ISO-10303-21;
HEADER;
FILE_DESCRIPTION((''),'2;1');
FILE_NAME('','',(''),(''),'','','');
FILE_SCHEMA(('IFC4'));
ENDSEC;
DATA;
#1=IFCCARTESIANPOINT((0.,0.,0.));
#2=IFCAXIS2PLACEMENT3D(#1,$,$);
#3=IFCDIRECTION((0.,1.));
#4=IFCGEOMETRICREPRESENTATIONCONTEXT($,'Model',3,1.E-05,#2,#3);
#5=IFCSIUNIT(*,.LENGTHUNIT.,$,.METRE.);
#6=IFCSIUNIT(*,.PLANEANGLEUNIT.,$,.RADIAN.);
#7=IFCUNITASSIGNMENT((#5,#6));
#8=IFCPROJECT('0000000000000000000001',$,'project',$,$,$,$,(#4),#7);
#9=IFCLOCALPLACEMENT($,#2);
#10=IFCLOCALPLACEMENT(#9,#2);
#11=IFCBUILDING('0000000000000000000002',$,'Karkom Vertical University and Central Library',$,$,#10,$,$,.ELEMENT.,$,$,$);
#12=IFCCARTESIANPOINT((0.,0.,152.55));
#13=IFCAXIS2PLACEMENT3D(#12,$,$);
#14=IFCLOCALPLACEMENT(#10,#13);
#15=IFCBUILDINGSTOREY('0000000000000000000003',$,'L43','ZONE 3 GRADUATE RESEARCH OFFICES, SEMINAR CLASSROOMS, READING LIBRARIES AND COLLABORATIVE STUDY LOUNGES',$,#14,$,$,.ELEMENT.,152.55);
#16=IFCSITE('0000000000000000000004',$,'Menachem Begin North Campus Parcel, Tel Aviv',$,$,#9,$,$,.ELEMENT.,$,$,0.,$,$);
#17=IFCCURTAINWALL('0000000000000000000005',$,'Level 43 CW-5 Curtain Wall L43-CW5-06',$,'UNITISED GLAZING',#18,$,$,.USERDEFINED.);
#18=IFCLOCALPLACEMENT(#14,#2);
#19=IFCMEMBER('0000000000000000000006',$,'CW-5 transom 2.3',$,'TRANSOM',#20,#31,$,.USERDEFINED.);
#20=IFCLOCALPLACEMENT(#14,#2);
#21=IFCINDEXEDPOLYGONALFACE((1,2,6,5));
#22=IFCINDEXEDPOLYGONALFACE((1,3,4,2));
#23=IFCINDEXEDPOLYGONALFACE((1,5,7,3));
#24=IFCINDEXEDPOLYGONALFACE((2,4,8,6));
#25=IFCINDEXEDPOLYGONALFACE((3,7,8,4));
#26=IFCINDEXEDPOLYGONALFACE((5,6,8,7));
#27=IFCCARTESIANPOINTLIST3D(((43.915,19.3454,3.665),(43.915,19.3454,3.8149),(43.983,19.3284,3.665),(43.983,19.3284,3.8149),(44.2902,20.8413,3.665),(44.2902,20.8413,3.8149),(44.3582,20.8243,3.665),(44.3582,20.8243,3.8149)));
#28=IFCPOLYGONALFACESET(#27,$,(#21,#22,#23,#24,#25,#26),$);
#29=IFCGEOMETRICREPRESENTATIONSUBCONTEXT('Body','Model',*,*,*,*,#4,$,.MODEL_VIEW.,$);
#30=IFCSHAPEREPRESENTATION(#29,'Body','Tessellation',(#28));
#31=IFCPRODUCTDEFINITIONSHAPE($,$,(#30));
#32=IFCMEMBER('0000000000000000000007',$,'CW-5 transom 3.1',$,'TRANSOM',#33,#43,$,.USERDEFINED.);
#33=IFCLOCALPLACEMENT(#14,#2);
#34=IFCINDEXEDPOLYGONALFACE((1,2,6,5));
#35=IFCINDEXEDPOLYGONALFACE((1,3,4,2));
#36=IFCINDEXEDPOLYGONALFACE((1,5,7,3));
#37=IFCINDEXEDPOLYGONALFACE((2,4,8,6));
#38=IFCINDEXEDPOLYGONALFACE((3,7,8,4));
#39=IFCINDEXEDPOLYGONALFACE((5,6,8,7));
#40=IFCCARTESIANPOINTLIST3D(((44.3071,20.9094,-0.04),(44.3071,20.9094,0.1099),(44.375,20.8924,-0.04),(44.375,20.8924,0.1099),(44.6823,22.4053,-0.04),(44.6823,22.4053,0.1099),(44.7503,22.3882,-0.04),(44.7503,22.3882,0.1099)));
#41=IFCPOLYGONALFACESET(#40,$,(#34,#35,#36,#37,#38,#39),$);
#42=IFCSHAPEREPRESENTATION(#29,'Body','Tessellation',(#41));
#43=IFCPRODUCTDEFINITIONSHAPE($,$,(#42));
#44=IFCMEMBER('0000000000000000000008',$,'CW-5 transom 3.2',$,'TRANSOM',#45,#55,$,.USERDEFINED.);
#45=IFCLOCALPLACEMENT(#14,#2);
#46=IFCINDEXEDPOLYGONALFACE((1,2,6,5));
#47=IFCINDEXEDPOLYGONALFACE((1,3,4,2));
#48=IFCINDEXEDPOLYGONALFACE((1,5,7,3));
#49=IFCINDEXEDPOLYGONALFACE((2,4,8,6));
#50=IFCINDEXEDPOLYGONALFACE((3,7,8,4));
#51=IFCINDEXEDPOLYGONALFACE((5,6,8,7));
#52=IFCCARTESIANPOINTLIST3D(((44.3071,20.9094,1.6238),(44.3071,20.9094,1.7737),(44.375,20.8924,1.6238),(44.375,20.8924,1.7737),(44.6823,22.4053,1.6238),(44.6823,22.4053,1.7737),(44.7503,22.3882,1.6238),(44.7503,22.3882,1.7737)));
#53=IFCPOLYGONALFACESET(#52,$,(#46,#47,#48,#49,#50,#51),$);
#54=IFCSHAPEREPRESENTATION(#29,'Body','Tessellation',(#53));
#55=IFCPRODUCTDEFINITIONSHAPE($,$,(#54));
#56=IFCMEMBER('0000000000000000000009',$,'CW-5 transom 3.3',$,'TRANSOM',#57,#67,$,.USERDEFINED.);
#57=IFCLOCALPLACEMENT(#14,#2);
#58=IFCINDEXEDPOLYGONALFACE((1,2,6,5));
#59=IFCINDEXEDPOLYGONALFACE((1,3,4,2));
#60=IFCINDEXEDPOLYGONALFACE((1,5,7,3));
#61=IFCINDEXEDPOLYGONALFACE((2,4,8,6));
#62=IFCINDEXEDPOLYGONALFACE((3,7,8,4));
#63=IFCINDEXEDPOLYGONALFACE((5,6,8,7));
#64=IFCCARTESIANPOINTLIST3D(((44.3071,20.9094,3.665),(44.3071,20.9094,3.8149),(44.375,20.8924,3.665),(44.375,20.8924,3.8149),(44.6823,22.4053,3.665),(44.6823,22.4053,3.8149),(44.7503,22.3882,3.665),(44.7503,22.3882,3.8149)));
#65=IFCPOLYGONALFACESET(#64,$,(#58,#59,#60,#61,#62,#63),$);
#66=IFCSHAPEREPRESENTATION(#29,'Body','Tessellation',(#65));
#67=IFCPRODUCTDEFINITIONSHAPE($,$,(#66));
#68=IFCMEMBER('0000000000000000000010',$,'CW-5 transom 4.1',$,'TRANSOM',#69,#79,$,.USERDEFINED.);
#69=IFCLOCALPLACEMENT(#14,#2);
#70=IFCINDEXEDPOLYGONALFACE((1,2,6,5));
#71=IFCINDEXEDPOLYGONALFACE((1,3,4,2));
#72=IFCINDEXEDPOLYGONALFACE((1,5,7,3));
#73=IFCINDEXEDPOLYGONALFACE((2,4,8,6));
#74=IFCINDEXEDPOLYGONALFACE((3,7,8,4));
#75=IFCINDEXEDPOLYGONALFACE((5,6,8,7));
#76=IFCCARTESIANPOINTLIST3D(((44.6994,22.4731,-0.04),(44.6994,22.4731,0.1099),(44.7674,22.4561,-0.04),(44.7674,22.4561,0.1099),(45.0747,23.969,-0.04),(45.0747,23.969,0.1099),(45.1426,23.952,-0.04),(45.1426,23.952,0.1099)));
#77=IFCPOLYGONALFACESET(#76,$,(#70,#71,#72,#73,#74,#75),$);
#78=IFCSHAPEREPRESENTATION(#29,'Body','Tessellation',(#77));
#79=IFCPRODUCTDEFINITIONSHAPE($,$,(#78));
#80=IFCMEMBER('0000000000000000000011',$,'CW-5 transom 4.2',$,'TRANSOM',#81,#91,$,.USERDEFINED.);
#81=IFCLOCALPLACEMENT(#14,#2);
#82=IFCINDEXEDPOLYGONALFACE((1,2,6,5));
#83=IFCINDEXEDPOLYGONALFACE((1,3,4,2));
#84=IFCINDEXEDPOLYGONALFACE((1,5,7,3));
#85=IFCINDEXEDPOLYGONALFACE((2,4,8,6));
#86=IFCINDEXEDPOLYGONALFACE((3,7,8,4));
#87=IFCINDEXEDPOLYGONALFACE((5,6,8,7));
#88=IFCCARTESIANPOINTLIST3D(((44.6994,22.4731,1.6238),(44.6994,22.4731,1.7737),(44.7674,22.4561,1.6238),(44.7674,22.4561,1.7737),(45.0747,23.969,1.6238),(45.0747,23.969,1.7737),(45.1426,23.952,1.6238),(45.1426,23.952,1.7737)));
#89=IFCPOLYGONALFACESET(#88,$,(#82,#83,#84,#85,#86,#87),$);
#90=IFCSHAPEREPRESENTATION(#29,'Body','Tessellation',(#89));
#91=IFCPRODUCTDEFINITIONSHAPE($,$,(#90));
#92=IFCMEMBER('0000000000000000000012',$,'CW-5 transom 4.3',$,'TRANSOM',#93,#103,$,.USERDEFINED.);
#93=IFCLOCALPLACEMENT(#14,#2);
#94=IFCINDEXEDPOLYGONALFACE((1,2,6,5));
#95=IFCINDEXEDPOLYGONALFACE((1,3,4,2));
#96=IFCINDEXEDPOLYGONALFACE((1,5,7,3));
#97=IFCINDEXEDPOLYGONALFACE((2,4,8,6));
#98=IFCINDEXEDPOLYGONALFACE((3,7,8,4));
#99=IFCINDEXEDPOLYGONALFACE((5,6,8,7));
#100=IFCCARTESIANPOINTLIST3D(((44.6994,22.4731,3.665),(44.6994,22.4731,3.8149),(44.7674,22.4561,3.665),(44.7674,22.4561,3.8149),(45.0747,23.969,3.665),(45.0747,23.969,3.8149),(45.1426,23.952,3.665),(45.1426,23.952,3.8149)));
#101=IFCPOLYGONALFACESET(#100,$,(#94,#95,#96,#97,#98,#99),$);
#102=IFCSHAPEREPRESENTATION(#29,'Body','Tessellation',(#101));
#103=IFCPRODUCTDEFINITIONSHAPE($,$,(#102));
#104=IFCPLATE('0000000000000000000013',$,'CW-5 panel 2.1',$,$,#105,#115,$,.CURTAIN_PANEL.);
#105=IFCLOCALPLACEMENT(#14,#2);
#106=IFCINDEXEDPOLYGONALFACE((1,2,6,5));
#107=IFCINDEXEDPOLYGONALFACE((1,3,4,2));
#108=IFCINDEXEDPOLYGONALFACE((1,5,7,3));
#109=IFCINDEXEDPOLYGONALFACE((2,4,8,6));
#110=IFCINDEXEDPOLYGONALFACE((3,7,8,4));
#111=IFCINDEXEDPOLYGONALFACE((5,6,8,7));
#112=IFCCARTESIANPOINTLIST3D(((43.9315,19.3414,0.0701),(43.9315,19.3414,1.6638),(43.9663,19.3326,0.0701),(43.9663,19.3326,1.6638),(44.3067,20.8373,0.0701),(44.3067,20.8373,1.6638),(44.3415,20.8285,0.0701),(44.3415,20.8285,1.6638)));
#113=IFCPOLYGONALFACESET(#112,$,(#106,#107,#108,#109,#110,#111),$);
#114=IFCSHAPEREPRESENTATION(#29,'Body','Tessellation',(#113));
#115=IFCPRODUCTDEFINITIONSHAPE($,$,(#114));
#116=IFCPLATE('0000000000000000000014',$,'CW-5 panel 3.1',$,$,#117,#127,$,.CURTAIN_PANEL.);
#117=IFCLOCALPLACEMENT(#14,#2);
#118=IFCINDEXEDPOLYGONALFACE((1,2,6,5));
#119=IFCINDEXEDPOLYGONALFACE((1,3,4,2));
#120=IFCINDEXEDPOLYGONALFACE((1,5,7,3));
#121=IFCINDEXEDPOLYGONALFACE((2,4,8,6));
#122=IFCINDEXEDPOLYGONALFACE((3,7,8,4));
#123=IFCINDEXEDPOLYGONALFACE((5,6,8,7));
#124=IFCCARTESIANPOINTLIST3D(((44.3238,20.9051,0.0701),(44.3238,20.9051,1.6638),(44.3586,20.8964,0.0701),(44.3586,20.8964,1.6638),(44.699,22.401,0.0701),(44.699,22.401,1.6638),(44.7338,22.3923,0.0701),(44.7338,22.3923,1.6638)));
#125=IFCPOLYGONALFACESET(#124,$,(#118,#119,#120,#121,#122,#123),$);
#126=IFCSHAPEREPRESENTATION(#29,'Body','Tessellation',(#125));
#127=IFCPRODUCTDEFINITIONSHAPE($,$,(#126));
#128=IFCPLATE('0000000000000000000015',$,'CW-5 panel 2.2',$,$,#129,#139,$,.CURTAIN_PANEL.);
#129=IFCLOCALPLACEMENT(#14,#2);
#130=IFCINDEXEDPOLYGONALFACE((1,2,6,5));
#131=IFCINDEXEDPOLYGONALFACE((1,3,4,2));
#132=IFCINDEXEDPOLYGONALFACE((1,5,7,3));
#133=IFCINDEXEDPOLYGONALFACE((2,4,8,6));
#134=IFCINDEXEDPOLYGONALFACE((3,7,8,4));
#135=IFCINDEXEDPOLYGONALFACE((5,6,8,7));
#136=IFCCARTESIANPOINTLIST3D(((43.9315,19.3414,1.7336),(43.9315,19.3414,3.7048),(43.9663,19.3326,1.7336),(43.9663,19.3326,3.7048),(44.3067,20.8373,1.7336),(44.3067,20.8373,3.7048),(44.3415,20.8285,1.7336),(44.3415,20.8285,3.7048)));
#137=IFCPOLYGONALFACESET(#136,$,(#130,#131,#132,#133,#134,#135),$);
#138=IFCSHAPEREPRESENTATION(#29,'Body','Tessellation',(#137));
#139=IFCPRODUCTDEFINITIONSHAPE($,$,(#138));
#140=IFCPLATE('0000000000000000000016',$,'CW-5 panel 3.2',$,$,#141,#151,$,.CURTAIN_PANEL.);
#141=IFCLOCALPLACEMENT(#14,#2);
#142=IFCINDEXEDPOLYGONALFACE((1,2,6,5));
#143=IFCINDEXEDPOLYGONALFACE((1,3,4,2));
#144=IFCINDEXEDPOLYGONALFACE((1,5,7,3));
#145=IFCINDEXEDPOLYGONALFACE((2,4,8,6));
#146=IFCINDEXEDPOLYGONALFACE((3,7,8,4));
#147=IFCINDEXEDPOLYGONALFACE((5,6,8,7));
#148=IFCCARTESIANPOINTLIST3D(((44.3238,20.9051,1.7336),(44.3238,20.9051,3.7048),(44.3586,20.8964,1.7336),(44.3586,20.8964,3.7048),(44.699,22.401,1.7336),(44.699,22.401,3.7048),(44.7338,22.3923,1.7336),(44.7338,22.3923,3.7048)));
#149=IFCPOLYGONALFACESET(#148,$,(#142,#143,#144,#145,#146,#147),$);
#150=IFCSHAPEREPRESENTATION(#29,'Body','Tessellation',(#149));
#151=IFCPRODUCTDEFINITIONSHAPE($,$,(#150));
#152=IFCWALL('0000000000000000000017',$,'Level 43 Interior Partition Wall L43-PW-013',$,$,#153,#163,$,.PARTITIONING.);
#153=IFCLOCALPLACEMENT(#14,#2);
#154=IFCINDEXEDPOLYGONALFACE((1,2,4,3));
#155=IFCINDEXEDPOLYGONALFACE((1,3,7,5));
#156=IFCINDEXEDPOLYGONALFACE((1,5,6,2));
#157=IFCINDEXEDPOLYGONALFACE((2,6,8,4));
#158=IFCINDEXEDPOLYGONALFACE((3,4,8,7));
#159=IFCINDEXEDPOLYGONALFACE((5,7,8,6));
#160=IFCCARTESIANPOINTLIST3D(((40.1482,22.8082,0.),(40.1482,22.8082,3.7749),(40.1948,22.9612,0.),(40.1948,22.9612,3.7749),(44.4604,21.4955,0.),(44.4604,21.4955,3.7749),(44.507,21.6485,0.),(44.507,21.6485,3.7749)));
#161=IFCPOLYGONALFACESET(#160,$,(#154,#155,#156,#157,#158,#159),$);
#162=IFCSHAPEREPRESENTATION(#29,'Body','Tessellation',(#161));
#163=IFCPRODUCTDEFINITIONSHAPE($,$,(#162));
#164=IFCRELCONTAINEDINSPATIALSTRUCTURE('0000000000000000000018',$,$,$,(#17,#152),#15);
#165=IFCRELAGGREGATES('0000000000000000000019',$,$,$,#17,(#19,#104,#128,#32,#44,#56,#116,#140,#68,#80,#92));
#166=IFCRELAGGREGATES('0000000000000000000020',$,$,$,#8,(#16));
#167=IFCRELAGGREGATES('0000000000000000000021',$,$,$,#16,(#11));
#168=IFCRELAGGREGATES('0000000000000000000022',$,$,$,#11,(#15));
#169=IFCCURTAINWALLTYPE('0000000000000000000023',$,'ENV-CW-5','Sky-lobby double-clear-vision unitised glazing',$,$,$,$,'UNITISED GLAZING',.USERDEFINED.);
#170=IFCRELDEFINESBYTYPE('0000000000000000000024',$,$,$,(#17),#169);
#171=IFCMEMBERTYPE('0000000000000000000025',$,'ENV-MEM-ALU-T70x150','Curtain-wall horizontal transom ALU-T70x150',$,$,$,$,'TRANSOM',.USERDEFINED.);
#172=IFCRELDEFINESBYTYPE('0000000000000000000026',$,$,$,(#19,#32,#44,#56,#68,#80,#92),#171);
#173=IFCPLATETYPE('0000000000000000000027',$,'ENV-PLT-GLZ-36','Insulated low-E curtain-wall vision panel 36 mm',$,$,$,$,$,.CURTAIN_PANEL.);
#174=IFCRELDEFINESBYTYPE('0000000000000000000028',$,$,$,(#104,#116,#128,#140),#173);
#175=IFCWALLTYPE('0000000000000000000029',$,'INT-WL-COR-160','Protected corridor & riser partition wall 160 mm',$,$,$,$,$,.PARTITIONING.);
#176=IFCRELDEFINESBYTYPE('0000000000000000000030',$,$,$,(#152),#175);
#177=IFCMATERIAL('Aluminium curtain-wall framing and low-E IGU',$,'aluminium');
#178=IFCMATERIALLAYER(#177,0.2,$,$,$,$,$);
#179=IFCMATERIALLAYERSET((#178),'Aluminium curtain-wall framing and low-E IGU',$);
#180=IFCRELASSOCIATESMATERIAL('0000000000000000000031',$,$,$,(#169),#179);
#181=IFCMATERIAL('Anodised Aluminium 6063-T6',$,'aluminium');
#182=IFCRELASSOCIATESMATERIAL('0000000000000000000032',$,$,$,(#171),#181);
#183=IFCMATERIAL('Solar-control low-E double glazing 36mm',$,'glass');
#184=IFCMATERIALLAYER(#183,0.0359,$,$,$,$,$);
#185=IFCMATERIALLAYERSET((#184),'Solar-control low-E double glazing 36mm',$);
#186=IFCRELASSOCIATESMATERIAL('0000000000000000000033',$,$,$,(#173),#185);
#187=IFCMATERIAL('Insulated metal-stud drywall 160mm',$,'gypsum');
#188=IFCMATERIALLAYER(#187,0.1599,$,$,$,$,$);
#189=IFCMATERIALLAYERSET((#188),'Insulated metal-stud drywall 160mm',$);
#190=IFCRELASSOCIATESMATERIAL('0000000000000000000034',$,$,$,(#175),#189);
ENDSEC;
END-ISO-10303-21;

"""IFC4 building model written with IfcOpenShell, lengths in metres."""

from ifc_helpers import new_model, si_unit, direction, frame, frame_2d, origin, origin_with_axes, origin_2d, place, context, subcontext, project, spatial, rectangle, extrude, source, transform, mapped, material, layer, layer_set, material_profile, profile_set, type_object, element, aggregate, save


model = new_model("IFC4")

# Units and contexts
model_context = context("Model", 3, precision=1e-05, world=origin(), true_north=direction((0.0, 1.0)))
body_context = subcontext(model_context, "Body", "Model", "MODEL_VIEW")
ifc_project = project(units=[si_unit("LENGTHUNIT", "METRE"), si_unit("PLANEANGLEUNIT", "RADIAN")], contexts=[model_context])

# Site, building, storey
site_placement = place(None, origin())
site = spatial("IfcSite", under=ifc_project, at=site_placement, Name="Menachem Begin North Campus Parcel, Tel Aviv", CompositionType="ELEMENT", RefElevation=0.0)
building_placement = place(site_placement, origin())
building = spatial("IfcBuilding", under=site, at=building_placement, Name="Karkom Vertical University and Central Library", CompositionType="ELEMENT")
storey_placement = place(building_placement, frame((0.0, 0.0, 152.55)))
storey = spatial("IfcBuildingStorey", under=building, at=storey_placement, Name="L43", Description="ZONE 3 GRADUATE RESEARCH OFFICES, SEMINAR CLASSROOMS, READING LIBRARIES AND COLLABORATIVE STUDY LOUNGES", CompositionType="ELEMENT", Elevation=152.55)

# Curtain wall, members, plates
ifc_material_1 = material(Name="Aluminium curtain-wall framing and low-E IGU", Category="aluminium")
ifc_layer_1 = layer(ifc_material_1, 0.2)
ifc_layer_set_1 = layer_set([ifc_layer_1], Name="Aluminium curtain-wall framing and low-E IGU")
curtain_wall_type = type_object("IfcCurtainWallType", Name="ENV-CW-5", Description="Sky-lobby double-clear-vision unitised glazing", ElementType="UNITISED GLAZING", PredefinedType="USERDEFINED", material=ifc_layer_set_1)
curtain_wall_placement = place(storey_placement, origin())
curtain_wall = element("IfcCurtainWall", 1, at=curtain_wall_placement, inside=storey, type_object=curtain_wall_type, Name="Level 43 CW-5 Curtain Wall L43-CW5-06", ObjectType="UNITISED GLAZING", PredefinedType="USERDEFINED")
ifc_material_2 = material(Name="Anodised Aluminium 6063-T6", Category="aluminium")
ifc_material_profile_1 = material_profile(ifc_material_2, rectangle(XDim=0.0701, YDim=0.1499, at=origin_2d()), Name="ALU-T70x150")
ifc_profile_set_1 = profile_set([ifc_material_profile_1], Name="Anodised Aluminium 6063-T6")
member_type_1 = type_object("IfcMemberType", Name="ENV-MEM-ALU-T70x150", Description="Curtain-wall horizontal transom ALU-T70x150", ElementType="TRANSOM", PredefinedType="USERDEFINED", material=ifc_profile_set_1)
shared_shape_1 = source(origin_with_axes(), body_context, "Body", "SweptSolid", [
    extrude(rectangle(XDim=0.0701, YDim=0.1499, at=origin_2d()), origin(), (0.0, 0.0, 1.0), 1.5422),
])
member_1_placement = place(storey_placement, frame((43.949, 19.3369, 3.74), z_axis=(0.243318, 0.969947, 0.0), x_axis=(-0.969947, 0.243318, 0.0)))
member_1 = element("IfcMember", 2, at=member_1_placement, type_object=member_type_1, Name="CW-5 transom 2.3", ObjectType="TRANSOM", PredefinedType="USERDEFINED", context=body_context, shape_type="MappedRepresentation", body=[
    mapped(shared_shape_1, transform((0.0, 0.0, 0.0), scale=1.0)),
])
member_2_placement = place(storey_placement, frame((44.3411, 20.9009, 0.0349), z_axis=(0.243318, 0.969947, 0.0), x_axis=(-0.969947, 0.243318, 0.0)))
member_2 = element("IfcMember", 3, at=member_2_placement, type_object=member_type_1, Name="CW-5 transom 3.1", ObjectType="TRANSOM", PredefinedType="USERDEFINED", context=body_context, shape_type="MappedRepresentation", body=[
    mapped(shared_shape_1, transform((0.0, 0.0, 0.0), scale=1.0)),
])
member_3_placement = place(storey_placement, frame((44.3411, 20.9009, 1.6987), z_axis=(0.243318, 0.969947, 0.0), x_axis=(-0.969947, 0.243318, 0.0)))
member_3 = element("IfcMember", 4, at=member_3_placement, type_object=member_type_1, Name="CW-5 transom 3.2", ObjectType="TRANSOM", PredefinedType="USERDEFINED", context=body_context, shape_type="MappedRepresentation", body=[
    mapped(shared_shape_1, transform((0.0, 0.0, 0.0), scale=1.0)),
])
member_4_placement = place(storey_placement, frame((44.3411, 20.9009, 3.74), z_axis=(0.243318, 0.969947, 0.0), x_axis=(-0.969947, 0.243318, 0.0)))
member_4 = element("IfcMember", 5, at=member_4_placement, type_object=member_type_1, Name="CW-5 transom 3.3", ObjectType="TRANSOM", PredefinedType="USERDEFINED", context=body_context, shape_type="MappedRepresentation", body=[
    mapped(shared_shape_1, transform((0.0, 0.0, 0.0), scale=1.0)),
])
member_5_placement = place(storey_placement, frame((44.7334, 22.4646, 0.0349), z_axis=(0.243318, 0.969947, 0.0), x_axis=(-0.969947, 0.243318, 0.0)))
member_5 = element("IfcMember", 6, at=member_5_placement, type_object=member_type_1, Name="CW-5 transom 4.1", ObjectType="TRANSOM", PredefinedType="USERDEFINED", context=body_context, shape_type="MappedRepresentation", body=[
    mapped(shared_shape_1, transform((0.0, 0.0, 0.0), scale=1.0)),
])
member_6_placement = place(storey_placement, frame((44.7334, 22.4646, 1.6987), z_axis=(0.243318, 0.969947, 0.0), x_axis=(-0.969947, 0.243318, 0.0)))
member_6 = element("IfcMember", 7, at=member_6_placement, type_object=member_type_1, Name="CW-5 transom 4.2", ObjectType="TRANSOM", PredefinedType="USERDEFINED", context=body_context, shape_type="MappedRepresentation", body=[
    mapped(shared_shape_1, transform((0.0, 0.0, 0.0), scale=1.0)),
])
member_7_placement = place(storey_placement, frame((44.7334, 22.4646, 3.74), z_axis=(0.243318, 0.969947, 0.0), x_axis=(-0.969947, 0.243318, 0.0)))
member_7 = element("IfcMember", 8, at=member_7_placement, type_object=member_type_1, Name="CW-5 transom 4.3", ObjectType="TRANSOM", PredefinedType="USERDEFINED", context=body_context, shape_type="MappedRepresentation", body=[
    mapped(shared_shape_1, transform((0.0, 0.0, 0.0), scale=1.0)),
])
ifc_material_3 = material(Name="Solar-control low-E double glazing 36mm", Category="glass")
ifc_layer_2 = layer(ifc_material_3, 0.0359)
ifc_layer_set_2 = layer_set([ifc_layer_2], Name="Solar-control low-E double glazing 36mm")
plate_type = type_object("IfcPlateType", Name="ENV-PLT-GLZ-36", Description="Insulated low-E curtain-wall vision panel 36 mm", PredefinedType="CURTAIN_PANEL", material=ifc_layer_set_2)
shared_shape_2 = source(origin_with_axes(), body_context, "Body", "SweptSolid", [
    extrude(rectangle(XDim=1.5422, YDim=0.0359, at=origin_2d()), origin(), (0.0, 0.0, 1.0), 1.5938),
])
plate_1_placement = place(storey_placement, frame((44.1365, 20.085, 0.0701), z_axis=(0.0, 0.0, 1.0), x_axis=(0.24328, 0.969956, 0.0)))
plate_1 = element("IfcPlate", 9, at=plate_1_placement, type_object=plate_type, Name="CW-5 panel 2.1", PredefinedType="CURTAIN_PANEL", context=body_context, shape_type="MappedRepresentation", body=[
    mapped(shared_shape_2, transform((0.0, 0.0, 0.0), scale=1.0)),
])
plate_2_placement = place(storey_placement, frame((44.5288, 21.6487, 0.0701), z_axis=(0.0, 0.0, 1.0), x_axis=(0.24328, 0.969956, 0.0)))
plate_2 = element("IfcPlate", 10, at=plate_2_placement, type_object=plate_type, Name="CW-5 panel 3.1", PredefinedType="CURTAIN_PANEL", context=body_context, shape_type="MappedRepresentation", body=[
    mapped(shared_shape_2, transform((0.0, 0.0, 0.0), scale=1.0)),
])
shared_shape_3 = source(origin_with_axes(), body_context, "Body", "SweptSolid", [
    extrude(rectangle(XDim=1.5422, YDim=0.0359, at=origin_2d()), origin(), (0.0, 0.0, 1.0), 1.9712),
])
plate_3_placement = place(storey_placement, frame((44.1365, 20.085, 1.7336), z_axis=(0.0, 0.0, 1.0), x_axis=(0.24328, 0.969956, 0.0)))
plate_3 = element("IfcPlate", 11, at=plate_3_placement, type_object=plate_type, Name="CW-5 panel 2.2", PredefinedType="CURTAIN_PANEL", context=body_context, shape_type="MappedRepresentation", body=[
    mapped(shared_shape_3, transform((0.0, 0.0, 0.0), scale=1.0)),
])
plate_4_placement = place(storey_placement, frame((44.5288, 21.6487, 1.7336), z_axis=(0.0, 0.0, 1.0), x_axis=(0.24328, 0.969956, 0.0)))
plate_4 = element("IfcPlate", 12, at=plate_4_placement, type_object=plate_type, Name="CW-5 panel 3.2", PredefinedType="CURTAIN_PANEL", context=body_context, shape_type="MappedRepresentation", body=[
    mapped(shared_shape_3, transform((0.0, 0.0, 0.0), scale=1.0)),
])
aggregate(curtain_wall, [member_1, plate_1, plate_3, member_2, member_3, member_4, plate_2, plate_4, member_5, member_6, member_7])

# Wall
ifc_material_4 = material(Name="Insulated metal-stud drywall 160mm", Category="gypsum")
ifc_layer_3 = layer(ifc_material_4, 0.1599)
ifc_layer_set_3 = layer_set([ifc_layer_3], Name="Insulated metal-stud drywall 160mm")
wall_type = type_object("IfcWallType", Name="INT-WL-COR-160", Description="Protected corridor & riser partition wall 160 mm", PredefinedType="PARTITIONING", material=ifc_layer_set_3)
wall_placement = place(storey_placement, frame((40.1714, 22.8848, 0.0), z_axis=(0.0, 0.0, 1.0), x_axis=(0.956654, -0.291226, 0.0)))
element("IfcWall", 13, at=wall_placement, inside=storey, type_object=wall_type, Name="Level 43 Interior Partition Wall L43-PW-013", PredefinedType="PARTITIONING", context=body_context, shape_type="SweptSolid", body=[
    extrude(rectangle(XDim=4.5076, YDim=0.1599, at=frame_2d((2.2539, 0.0))), origin(), (0.0, 0.0, 1.0), 3.7749),
])

save(model, "model.ifc")
